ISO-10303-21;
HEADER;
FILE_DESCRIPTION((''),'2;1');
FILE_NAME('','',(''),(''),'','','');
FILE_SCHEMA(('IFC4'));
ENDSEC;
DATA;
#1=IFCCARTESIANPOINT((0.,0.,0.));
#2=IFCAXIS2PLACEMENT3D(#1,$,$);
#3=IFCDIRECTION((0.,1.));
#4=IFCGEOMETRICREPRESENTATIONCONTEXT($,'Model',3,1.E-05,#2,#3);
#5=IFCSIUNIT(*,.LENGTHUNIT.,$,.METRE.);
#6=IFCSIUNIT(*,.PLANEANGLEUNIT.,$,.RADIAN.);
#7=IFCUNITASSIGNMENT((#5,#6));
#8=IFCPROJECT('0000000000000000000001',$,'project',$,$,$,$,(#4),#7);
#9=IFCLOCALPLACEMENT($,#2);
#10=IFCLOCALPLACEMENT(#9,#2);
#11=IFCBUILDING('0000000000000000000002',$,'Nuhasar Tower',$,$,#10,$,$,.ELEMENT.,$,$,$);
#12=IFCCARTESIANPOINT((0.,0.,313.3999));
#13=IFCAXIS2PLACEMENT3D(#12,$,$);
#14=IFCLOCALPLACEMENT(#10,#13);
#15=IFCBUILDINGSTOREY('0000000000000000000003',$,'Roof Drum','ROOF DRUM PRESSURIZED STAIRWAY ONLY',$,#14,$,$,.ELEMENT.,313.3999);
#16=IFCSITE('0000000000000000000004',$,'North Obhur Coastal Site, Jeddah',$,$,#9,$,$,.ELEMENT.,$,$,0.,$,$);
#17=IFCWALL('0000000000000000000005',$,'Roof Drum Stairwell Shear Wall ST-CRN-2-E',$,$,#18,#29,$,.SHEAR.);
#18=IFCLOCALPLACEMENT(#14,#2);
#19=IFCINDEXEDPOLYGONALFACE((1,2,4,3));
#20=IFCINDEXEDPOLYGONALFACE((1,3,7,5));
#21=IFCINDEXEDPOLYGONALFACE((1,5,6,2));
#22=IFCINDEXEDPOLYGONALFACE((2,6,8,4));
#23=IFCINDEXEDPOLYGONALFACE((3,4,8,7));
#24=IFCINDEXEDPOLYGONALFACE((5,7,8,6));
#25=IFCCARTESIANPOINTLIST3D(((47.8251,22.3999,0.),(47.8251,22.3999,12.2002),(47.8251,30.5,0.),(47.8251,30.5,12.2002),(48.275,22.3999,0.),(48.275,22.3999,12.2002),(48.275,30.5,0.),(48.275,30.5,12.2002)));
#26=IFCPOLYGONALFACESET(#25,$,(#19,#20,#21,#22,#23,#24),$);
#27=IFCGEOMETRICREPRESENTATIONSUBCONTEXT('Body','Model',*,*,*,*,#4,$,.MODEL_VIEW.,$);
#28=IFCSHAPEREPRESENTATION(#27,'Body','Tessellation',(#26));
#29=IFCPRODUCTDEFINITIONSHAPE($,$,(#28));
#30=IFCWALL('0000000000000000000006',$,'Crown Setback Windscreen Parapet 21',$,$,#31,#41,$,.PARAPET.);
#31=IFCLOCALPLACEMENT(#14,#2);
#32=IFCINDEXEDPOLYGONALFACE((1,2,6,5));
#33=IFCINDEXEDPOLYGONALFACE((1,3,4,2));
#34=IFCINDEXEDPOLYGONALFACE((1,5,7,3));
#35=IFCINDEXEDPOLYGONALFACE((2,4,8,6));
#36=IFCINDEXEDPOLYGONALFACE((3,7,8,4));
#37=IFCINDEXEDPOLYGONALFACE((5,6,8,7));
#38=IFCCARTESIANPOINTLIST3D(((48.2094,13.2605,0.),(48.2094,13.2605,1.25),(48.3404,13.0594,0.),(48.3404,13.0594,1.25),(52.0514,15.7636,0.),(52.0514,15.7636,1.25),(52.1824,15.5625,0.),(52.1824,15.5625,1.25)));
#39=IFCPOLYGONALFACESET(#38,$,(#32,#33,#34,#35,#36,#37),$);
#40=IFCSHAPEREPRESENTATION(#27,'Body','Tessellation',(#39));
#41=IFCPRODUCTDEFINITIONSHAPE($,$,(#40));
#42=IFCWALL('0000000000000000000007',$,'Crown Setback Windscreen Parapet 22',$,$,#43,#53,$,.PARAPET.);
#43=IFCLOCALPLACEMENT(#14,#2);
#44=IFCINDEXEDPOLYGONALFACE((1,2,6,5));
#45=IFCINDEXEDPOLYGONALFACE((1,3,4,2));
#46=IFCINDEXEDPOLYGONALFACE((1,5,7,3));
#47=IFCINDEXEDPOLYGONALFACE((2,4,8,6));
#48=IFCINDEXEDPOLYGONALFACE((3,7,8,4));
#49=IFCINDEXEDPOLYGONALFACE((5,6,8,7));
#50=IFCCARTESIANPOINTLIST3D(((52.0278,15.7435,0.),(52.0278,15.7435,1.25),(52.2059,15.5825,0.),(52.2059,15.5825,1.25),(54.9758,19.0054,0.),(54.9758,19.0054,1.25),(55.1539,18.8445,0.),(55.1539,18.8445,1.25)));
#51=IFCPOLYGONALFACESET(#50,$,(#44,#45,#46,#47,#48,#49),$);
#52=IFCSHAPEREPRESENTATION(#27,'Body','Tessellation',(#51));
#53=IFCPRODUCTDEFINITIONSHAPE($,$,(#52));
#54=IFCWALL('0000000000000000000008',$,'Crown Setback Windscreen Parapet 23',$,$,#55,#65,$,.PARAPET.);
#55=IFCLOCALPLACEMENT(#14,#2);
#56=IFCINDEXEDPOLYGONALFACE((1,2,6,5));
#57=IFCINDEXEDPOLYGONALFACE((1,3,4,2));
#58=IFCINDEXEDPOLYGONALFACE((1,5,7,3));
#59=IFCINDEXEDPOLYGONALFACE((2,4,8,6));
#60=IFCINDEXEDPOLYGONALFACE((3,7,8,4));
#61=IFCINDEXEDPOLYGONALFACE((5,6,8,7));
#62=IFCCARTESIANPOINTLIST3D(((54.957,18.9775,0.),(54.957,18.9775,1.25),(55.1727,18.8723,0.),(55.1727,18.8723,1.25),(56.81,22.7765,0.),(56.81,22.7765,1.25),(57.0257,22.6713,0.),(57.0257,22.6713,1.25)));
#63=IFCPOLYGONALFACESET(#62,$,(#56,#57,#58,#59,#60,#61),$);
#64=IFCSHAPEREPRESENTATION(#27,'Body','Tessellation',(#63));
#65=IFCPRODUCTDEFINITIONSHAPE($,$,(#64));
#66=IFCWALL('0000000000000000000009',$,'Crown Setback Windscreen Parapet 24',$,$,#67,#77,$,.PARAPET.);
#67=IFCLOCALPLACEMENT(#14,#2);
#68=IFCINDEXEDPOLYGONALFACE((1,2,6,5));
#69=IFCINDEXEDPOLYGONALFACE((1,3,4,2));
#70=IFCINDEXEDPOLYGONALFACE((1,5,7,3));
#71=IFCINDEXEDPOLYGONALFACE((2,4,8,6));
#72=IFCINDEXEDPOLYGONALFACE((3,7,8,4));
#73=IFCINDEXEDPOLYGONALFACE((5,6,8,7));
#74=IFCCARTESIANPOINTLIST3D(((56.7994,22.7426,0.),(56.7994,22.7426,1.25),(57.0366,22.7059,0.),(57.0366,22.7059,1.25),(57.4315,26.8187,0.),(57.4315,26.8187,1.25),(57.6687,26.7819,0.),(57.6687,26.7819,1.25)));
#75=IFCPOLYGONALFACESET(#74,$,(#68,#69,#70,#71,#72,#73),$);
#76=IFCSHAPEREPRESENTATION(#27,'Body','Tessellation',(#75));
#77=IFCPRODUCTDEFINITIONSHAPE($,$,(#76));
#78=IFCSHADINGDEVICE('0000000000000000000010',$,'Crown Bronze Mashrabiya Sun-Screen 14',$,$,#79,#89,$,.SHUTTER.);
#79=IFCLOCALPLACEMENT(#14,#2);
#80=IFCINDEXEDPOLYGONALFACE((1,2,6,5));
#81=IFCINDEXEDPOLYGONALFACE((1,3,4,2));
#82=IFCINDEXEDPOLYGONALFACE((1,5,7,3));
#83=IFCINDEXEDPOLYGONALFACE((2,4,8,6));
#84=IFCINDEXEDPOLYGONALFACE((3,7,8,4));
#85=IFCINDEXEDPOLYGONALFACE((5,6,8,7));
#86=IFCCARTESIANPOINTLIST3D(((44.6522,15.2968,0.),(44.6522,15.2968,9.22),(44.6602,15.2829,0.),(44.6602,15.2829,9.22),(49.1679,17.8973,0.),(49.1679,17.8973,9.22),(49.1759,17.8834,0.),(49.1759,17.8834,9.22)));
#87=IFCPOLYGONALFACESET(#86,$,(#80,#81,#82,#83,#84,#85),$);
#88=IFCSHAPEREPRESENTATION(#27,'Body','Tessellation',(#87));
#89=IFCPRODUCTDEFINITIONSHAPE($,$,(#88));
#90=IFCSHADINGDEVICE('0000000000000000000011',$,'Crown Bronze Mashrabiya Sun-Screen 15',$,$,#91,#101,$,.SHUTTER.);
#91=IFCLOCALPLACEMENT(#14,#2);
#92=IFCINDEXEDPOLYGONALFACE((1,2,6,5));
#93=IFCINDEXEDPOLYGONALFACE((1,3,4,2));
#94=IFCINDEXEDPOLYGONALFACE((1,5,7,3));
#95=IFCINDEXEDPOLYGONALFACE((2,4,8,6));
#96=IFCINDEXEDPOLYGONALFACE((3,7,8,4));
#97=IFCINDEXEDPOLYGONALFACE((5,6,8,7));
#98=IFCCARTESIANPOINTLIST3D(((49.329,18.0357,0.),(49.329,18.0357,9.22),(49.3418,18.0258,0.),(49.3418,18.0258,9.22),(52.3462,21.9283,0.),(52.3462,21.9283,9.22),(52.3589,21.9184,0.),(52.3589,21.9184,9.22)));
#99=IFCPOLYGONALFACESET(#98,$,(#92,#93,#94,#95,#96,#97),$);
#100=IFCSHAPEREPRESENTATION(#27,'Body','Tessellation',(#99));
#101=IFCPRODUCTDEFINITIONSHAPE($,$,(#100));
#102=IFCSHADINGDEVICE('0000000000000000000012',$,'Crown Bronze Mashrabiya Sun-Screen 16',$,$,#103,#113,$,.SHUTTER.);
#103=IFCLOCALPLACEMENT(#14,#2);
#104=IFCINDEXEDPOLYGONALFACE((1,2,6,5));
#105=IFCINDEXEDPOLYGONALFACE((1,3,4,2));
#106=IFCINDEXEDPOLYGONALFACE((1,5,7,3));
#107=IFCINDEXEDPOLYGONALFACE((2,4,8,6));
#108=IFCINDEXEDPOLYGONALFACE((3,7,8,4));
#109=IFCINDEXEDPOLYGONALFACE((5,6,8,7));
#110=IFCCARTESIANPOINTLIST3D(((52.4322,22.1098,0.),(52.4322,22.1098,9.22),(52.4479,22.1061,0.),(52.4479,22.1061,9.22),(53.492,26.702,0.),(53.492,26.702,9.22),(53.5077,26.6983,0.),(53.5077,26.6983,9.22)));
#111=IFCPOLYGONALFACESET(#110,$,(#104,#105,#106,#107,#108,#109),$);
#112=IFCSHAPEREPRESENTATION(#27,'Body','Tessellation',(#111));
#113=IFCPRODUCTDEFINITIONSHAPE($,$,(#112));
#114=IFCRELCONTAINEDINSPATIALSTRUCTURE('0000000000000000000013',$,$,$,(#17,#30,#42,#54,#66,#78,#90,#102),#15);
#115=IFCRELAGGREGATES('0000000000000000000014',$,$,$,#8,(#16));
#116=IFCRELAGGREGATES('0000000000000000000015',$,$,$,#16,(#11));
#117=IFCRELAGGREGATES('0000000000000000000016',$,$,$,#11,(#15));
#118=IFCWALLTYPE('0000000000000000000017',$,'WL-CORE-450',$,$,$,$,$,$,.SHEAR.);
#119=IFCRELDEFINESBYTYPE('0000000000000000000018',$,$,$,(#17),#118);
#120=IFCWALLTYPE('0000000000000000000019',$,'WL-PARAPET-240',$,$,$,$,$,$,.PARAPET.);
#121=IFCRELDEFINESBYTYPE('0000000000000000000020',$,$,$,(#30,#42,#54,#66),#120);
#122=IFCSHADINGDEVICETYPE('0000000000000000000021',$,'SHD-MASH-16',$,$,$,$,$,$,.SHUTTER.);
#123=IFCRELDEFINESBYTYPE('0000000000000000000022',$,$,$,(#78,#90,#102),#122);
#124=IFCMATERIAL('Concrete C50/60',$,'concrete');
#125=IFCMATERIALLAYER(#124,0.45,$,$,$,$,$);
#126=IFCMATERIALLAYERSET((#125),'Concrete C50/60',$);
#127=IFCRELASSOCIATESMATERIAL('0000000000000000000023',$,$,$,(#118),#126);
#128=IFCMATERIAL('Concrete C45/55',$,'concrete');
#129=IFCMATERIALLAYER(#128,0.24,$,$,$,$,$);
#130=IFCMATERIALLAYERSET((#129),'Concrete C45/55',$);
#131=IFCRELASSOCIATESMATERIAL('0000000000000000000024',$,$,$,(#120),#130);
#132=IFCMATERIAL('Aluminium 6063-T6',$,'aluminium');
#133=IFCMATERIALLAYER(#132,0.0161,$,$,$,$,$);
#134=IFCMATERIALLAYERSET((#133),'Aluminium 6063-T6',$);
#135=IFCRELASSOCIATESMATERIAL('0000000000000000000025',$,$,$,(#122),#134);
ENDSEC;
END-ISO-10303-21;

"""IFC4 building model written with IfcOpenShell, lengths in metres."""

from ifc_helpers import new_model, si_unit, direction, frame, frame_2d, origin, origin_2d, place, context, subcontext, project, spatial, rectangle, extrude, material, layer, layer_set, type_object, element, save


model = new_model("IFC4")

# Units and contexts
model_context = context("Model", 3, precision=1e-05, world=origin(), true_north=direction((0.0, 1.0)))
body_context = subcontext(model_context, "Body", "Model", "MODEL_VIEW")
ifc_project = project(units=[si_unit("LENGTHUNIT", "METRE"), si_unit("PLANEANGLEUNIT", "RADIAN")], contexts=[model_context])

# Site, building, storey
site_placement = place(None, origin())
site = spatial("IfcSite", under=ifc_project, at=site_placement, Name="North Obhur Coastal Site, Jeddah", CompositionType="ELEMENT", RefElevation=0.0)
building_placement = place(site_placement, origin())
building = spatial("IfcBuilding", under=site, at=building_placement, Name="Nuhasar Tower", CompositionType="ELEMENT")
storey_placement = place(building_placement, frame((0.0, 0.0, 313.3999)))
storey = spatial("IfcBuildingStorey", under=building, at=storey_placement, Name="Roof Drum", Description="ROOF DRUM PRESSURIZED STAIRWAY ONLY", CompositionType="ELEMENT", Elevation=313.3999)

# Shared definitions
ifc_material_1 = material(Name="Aluminium 6063-T6", Category="aluminium")

# Walls
ifc_material_2 = material(Name="Concrete C50/60", Category="concrete")
ifc_layer_1 = layer(ifc_material_2, 0.45)
ifc_layer_set_1 = layer_set([ifc_layer_1], Name="Concrete C50/60")
wall_type_1 = type_object("IfcWallType", Name="WL-CORE-450", PredefinedType="SHEAR", material=ifc_layer_set_1)
wall_1_placement = place(storey_placement, frame((48.05, 22.3999, 0.0), z_axis=(0.0, 0.0, 1.0), x_axis=(0.0, 1.0, 0.0)))
element("IfcWall", 1, at=wall_1_placement, inside=storey, type_object=wall_type_1, Name="Roof Drum Stairwell Shear Wall ST-CRN-2-E", PredefinedType="SHEAR", context=body_context, shape_type="SweptSolid", body=[
    extrude(rectangle(XDim=8.1001, YDim=0.45, at=frame_2d((4.05, 0.0))), origin(), (0.0, 0.0, 1.0), 12.2002),
])
ifc_material_3 = material(Name="Concrete C45/55", Category="concrete")
ifc_layer_2 = layer(ifc_material_3, 0.24)
ifc_layer_set_2 = layer_set([ifc_layer_2], Name="Concrete C45/55")
wall_type_2 = type_object("IfcWallType", Name="WL-PARAPET-240", PredefinedType="PARAPET", material=ifc_layer_set_2)
wall_2_placement = place(storey_placement, frame((48.2749, 13.1599, 0.0), z_axis=(0.0, 0.0, 1.0), x_axis=(0.83786, 0.545884, 0.0)))
element("IfcWall", 2, at=wall_2_placement, inside=storey, type_object=wall_type_2, Name="Crown Setback Windscreen Parapet 21", PredefinedType="PARAPET", context=body_context, shape_type="SweptSolid", body=[
    extrude(rectangle(XDim=4.5854, YDim=0.24, at=frame_2d((2.2927, 0.0))), origin(), (0.0, 0.0, 1.0), 1.25),
])
wall_3_placement = place(storey_placement, frame((52.1169, 15.6631, 0.0), z_axis=(0.0, 0.0, 1.0), x_axis=(0.6705, 0.741909, 0.0)))
element("IfcWall", 3, at=wall_3_placement, inside=storey, type_object=wall_type_2, Name="Crown Setback Windscreen Parapet 22", PredefinedType="PARAPET", context=body_context, shape_type="SweptSolid", body=[
    extrude(rectangle(XDim=4.3967, YDim=0.24, at=frame_2d((2.1982, 0.0))), origin(), (0.0, 0.0, 1.0), 1.25),
])
wall_4_placement = place(storey_placement, frame((55.0649, 18.925, 0.0), z_axis=(0.0, 0.0, 1.0), x_axis=(0.438389, 0.898785, 0.0)))
element("IfcWall", 4, at=wall_4_placement, inside=storey, type_object=wall_type_2, Name="Crown Setback Windscreen Parapet 23", PredefinedType="PARAPET", context=body_context, shape_type="SweptSolid", body=[
    extrude(rectangle(XDim=4.2268, YDim=0.24, at=frame_2d((2.1133, 0.0))), origin(), (0.0, 0.0, 1.0), 1.25),
])
wall_5_placement = place(storey_placement, frame((56.918, 22.7241, 0.0), z_axis=(0.0, 0.0, 1.0), x_axis=(0.153245, 0.988188, 0.0)))
element("IfcWall", 5, at=wall_5_placement, inside=storey, type_object=wall_type_2, Name="Crown Setback Windscreen Parapet 24", PredefinedType="PARAPET", context=body_context, shape_type="SweptSolid", body=[
    extrude(rectangle(XDim=4.1248, YDim=0.24, at=frame_2d((2.0625, 0.0))), origin(), (0.0, 0.0, 1.0), 1.25),
])

# Shading devices
ifc_layer_3 = layer(ifc_material_1, 0.0161)
ifc_layer_set_3 = layer_set([ifc_layer_3], Name="Aluminium 6063-T6")
shading_device_type = type_object("IfcShadingDeviceType", Name="SHD-MASH-16", PredefinedType="SHUTTER", material=ifc_layer_set_3)
shading_device_1_placement = place(storey_placement, frame((46.9141, 16.5901, 0.0), z_axis=(0.0, 0.0, 1.0), x_axis=(0.866575, 0.499047, 0.0)))
element("IfcShadingDevice", 6, at=shading_device_1_placement, inside=storey, type_object=shading_device_type, Name="Crown Bronze Mashrabiya Sun-Screen 14", PredefinedType="SHUTTER", context=body_context, shape_type="SweptSolid", body=[
    extrude(rectangle(XDim=5.2109, YDim=0.0161, at=origin_2d()), origin(), (0.0, 0.0, 1.0), 9.22),
])
shading_device_2_placement = place(storey_placement, frame((50.844, 19.9771, 0.0), z_axis=(0.0, 0.0, 1.0), x_axis=(0.612617, 0.79038, 0.0)))
element("IfcShadingDevice", 7, at=shading_device_2_placement, inside=storey, type_object=shading_device_type, Name="Crown Bronze Mashrabiya Sun-Screen 15", PredefinedType="SHUTTER", context=body_context, shape_type="SweptSolid", body=[
    extrude(rectangle(XDim=4.925, YDim=0.0161, at=origin_2d()), origin(), (0.0, 0.0, 1.0), 9.22),
])
shading_device_3_placement = place(storey_placement, frame((52.97, 24.4041, 0.0), z_axis=(0.0, 0.0, 1.0), x_axis=(0.224866, 0.97439, 0.0)))
element("IfcShadingDevice", 8, at=shading_device_3_placement, inside=storey, type_object=shading_device_type, Name="Crown Bronze Mashrabiya Sun-Screen 16", PredefinedType="SHUTTER", context=body_context, shape_type="SweptSolid", body=[
    extrude(rectangle(XDim=4.7129, YDim=0.0161, at=origin_2d()), origin(), (0.0, 0.0, 1.0), 9.22),
])

save(model, "model.ifc")
